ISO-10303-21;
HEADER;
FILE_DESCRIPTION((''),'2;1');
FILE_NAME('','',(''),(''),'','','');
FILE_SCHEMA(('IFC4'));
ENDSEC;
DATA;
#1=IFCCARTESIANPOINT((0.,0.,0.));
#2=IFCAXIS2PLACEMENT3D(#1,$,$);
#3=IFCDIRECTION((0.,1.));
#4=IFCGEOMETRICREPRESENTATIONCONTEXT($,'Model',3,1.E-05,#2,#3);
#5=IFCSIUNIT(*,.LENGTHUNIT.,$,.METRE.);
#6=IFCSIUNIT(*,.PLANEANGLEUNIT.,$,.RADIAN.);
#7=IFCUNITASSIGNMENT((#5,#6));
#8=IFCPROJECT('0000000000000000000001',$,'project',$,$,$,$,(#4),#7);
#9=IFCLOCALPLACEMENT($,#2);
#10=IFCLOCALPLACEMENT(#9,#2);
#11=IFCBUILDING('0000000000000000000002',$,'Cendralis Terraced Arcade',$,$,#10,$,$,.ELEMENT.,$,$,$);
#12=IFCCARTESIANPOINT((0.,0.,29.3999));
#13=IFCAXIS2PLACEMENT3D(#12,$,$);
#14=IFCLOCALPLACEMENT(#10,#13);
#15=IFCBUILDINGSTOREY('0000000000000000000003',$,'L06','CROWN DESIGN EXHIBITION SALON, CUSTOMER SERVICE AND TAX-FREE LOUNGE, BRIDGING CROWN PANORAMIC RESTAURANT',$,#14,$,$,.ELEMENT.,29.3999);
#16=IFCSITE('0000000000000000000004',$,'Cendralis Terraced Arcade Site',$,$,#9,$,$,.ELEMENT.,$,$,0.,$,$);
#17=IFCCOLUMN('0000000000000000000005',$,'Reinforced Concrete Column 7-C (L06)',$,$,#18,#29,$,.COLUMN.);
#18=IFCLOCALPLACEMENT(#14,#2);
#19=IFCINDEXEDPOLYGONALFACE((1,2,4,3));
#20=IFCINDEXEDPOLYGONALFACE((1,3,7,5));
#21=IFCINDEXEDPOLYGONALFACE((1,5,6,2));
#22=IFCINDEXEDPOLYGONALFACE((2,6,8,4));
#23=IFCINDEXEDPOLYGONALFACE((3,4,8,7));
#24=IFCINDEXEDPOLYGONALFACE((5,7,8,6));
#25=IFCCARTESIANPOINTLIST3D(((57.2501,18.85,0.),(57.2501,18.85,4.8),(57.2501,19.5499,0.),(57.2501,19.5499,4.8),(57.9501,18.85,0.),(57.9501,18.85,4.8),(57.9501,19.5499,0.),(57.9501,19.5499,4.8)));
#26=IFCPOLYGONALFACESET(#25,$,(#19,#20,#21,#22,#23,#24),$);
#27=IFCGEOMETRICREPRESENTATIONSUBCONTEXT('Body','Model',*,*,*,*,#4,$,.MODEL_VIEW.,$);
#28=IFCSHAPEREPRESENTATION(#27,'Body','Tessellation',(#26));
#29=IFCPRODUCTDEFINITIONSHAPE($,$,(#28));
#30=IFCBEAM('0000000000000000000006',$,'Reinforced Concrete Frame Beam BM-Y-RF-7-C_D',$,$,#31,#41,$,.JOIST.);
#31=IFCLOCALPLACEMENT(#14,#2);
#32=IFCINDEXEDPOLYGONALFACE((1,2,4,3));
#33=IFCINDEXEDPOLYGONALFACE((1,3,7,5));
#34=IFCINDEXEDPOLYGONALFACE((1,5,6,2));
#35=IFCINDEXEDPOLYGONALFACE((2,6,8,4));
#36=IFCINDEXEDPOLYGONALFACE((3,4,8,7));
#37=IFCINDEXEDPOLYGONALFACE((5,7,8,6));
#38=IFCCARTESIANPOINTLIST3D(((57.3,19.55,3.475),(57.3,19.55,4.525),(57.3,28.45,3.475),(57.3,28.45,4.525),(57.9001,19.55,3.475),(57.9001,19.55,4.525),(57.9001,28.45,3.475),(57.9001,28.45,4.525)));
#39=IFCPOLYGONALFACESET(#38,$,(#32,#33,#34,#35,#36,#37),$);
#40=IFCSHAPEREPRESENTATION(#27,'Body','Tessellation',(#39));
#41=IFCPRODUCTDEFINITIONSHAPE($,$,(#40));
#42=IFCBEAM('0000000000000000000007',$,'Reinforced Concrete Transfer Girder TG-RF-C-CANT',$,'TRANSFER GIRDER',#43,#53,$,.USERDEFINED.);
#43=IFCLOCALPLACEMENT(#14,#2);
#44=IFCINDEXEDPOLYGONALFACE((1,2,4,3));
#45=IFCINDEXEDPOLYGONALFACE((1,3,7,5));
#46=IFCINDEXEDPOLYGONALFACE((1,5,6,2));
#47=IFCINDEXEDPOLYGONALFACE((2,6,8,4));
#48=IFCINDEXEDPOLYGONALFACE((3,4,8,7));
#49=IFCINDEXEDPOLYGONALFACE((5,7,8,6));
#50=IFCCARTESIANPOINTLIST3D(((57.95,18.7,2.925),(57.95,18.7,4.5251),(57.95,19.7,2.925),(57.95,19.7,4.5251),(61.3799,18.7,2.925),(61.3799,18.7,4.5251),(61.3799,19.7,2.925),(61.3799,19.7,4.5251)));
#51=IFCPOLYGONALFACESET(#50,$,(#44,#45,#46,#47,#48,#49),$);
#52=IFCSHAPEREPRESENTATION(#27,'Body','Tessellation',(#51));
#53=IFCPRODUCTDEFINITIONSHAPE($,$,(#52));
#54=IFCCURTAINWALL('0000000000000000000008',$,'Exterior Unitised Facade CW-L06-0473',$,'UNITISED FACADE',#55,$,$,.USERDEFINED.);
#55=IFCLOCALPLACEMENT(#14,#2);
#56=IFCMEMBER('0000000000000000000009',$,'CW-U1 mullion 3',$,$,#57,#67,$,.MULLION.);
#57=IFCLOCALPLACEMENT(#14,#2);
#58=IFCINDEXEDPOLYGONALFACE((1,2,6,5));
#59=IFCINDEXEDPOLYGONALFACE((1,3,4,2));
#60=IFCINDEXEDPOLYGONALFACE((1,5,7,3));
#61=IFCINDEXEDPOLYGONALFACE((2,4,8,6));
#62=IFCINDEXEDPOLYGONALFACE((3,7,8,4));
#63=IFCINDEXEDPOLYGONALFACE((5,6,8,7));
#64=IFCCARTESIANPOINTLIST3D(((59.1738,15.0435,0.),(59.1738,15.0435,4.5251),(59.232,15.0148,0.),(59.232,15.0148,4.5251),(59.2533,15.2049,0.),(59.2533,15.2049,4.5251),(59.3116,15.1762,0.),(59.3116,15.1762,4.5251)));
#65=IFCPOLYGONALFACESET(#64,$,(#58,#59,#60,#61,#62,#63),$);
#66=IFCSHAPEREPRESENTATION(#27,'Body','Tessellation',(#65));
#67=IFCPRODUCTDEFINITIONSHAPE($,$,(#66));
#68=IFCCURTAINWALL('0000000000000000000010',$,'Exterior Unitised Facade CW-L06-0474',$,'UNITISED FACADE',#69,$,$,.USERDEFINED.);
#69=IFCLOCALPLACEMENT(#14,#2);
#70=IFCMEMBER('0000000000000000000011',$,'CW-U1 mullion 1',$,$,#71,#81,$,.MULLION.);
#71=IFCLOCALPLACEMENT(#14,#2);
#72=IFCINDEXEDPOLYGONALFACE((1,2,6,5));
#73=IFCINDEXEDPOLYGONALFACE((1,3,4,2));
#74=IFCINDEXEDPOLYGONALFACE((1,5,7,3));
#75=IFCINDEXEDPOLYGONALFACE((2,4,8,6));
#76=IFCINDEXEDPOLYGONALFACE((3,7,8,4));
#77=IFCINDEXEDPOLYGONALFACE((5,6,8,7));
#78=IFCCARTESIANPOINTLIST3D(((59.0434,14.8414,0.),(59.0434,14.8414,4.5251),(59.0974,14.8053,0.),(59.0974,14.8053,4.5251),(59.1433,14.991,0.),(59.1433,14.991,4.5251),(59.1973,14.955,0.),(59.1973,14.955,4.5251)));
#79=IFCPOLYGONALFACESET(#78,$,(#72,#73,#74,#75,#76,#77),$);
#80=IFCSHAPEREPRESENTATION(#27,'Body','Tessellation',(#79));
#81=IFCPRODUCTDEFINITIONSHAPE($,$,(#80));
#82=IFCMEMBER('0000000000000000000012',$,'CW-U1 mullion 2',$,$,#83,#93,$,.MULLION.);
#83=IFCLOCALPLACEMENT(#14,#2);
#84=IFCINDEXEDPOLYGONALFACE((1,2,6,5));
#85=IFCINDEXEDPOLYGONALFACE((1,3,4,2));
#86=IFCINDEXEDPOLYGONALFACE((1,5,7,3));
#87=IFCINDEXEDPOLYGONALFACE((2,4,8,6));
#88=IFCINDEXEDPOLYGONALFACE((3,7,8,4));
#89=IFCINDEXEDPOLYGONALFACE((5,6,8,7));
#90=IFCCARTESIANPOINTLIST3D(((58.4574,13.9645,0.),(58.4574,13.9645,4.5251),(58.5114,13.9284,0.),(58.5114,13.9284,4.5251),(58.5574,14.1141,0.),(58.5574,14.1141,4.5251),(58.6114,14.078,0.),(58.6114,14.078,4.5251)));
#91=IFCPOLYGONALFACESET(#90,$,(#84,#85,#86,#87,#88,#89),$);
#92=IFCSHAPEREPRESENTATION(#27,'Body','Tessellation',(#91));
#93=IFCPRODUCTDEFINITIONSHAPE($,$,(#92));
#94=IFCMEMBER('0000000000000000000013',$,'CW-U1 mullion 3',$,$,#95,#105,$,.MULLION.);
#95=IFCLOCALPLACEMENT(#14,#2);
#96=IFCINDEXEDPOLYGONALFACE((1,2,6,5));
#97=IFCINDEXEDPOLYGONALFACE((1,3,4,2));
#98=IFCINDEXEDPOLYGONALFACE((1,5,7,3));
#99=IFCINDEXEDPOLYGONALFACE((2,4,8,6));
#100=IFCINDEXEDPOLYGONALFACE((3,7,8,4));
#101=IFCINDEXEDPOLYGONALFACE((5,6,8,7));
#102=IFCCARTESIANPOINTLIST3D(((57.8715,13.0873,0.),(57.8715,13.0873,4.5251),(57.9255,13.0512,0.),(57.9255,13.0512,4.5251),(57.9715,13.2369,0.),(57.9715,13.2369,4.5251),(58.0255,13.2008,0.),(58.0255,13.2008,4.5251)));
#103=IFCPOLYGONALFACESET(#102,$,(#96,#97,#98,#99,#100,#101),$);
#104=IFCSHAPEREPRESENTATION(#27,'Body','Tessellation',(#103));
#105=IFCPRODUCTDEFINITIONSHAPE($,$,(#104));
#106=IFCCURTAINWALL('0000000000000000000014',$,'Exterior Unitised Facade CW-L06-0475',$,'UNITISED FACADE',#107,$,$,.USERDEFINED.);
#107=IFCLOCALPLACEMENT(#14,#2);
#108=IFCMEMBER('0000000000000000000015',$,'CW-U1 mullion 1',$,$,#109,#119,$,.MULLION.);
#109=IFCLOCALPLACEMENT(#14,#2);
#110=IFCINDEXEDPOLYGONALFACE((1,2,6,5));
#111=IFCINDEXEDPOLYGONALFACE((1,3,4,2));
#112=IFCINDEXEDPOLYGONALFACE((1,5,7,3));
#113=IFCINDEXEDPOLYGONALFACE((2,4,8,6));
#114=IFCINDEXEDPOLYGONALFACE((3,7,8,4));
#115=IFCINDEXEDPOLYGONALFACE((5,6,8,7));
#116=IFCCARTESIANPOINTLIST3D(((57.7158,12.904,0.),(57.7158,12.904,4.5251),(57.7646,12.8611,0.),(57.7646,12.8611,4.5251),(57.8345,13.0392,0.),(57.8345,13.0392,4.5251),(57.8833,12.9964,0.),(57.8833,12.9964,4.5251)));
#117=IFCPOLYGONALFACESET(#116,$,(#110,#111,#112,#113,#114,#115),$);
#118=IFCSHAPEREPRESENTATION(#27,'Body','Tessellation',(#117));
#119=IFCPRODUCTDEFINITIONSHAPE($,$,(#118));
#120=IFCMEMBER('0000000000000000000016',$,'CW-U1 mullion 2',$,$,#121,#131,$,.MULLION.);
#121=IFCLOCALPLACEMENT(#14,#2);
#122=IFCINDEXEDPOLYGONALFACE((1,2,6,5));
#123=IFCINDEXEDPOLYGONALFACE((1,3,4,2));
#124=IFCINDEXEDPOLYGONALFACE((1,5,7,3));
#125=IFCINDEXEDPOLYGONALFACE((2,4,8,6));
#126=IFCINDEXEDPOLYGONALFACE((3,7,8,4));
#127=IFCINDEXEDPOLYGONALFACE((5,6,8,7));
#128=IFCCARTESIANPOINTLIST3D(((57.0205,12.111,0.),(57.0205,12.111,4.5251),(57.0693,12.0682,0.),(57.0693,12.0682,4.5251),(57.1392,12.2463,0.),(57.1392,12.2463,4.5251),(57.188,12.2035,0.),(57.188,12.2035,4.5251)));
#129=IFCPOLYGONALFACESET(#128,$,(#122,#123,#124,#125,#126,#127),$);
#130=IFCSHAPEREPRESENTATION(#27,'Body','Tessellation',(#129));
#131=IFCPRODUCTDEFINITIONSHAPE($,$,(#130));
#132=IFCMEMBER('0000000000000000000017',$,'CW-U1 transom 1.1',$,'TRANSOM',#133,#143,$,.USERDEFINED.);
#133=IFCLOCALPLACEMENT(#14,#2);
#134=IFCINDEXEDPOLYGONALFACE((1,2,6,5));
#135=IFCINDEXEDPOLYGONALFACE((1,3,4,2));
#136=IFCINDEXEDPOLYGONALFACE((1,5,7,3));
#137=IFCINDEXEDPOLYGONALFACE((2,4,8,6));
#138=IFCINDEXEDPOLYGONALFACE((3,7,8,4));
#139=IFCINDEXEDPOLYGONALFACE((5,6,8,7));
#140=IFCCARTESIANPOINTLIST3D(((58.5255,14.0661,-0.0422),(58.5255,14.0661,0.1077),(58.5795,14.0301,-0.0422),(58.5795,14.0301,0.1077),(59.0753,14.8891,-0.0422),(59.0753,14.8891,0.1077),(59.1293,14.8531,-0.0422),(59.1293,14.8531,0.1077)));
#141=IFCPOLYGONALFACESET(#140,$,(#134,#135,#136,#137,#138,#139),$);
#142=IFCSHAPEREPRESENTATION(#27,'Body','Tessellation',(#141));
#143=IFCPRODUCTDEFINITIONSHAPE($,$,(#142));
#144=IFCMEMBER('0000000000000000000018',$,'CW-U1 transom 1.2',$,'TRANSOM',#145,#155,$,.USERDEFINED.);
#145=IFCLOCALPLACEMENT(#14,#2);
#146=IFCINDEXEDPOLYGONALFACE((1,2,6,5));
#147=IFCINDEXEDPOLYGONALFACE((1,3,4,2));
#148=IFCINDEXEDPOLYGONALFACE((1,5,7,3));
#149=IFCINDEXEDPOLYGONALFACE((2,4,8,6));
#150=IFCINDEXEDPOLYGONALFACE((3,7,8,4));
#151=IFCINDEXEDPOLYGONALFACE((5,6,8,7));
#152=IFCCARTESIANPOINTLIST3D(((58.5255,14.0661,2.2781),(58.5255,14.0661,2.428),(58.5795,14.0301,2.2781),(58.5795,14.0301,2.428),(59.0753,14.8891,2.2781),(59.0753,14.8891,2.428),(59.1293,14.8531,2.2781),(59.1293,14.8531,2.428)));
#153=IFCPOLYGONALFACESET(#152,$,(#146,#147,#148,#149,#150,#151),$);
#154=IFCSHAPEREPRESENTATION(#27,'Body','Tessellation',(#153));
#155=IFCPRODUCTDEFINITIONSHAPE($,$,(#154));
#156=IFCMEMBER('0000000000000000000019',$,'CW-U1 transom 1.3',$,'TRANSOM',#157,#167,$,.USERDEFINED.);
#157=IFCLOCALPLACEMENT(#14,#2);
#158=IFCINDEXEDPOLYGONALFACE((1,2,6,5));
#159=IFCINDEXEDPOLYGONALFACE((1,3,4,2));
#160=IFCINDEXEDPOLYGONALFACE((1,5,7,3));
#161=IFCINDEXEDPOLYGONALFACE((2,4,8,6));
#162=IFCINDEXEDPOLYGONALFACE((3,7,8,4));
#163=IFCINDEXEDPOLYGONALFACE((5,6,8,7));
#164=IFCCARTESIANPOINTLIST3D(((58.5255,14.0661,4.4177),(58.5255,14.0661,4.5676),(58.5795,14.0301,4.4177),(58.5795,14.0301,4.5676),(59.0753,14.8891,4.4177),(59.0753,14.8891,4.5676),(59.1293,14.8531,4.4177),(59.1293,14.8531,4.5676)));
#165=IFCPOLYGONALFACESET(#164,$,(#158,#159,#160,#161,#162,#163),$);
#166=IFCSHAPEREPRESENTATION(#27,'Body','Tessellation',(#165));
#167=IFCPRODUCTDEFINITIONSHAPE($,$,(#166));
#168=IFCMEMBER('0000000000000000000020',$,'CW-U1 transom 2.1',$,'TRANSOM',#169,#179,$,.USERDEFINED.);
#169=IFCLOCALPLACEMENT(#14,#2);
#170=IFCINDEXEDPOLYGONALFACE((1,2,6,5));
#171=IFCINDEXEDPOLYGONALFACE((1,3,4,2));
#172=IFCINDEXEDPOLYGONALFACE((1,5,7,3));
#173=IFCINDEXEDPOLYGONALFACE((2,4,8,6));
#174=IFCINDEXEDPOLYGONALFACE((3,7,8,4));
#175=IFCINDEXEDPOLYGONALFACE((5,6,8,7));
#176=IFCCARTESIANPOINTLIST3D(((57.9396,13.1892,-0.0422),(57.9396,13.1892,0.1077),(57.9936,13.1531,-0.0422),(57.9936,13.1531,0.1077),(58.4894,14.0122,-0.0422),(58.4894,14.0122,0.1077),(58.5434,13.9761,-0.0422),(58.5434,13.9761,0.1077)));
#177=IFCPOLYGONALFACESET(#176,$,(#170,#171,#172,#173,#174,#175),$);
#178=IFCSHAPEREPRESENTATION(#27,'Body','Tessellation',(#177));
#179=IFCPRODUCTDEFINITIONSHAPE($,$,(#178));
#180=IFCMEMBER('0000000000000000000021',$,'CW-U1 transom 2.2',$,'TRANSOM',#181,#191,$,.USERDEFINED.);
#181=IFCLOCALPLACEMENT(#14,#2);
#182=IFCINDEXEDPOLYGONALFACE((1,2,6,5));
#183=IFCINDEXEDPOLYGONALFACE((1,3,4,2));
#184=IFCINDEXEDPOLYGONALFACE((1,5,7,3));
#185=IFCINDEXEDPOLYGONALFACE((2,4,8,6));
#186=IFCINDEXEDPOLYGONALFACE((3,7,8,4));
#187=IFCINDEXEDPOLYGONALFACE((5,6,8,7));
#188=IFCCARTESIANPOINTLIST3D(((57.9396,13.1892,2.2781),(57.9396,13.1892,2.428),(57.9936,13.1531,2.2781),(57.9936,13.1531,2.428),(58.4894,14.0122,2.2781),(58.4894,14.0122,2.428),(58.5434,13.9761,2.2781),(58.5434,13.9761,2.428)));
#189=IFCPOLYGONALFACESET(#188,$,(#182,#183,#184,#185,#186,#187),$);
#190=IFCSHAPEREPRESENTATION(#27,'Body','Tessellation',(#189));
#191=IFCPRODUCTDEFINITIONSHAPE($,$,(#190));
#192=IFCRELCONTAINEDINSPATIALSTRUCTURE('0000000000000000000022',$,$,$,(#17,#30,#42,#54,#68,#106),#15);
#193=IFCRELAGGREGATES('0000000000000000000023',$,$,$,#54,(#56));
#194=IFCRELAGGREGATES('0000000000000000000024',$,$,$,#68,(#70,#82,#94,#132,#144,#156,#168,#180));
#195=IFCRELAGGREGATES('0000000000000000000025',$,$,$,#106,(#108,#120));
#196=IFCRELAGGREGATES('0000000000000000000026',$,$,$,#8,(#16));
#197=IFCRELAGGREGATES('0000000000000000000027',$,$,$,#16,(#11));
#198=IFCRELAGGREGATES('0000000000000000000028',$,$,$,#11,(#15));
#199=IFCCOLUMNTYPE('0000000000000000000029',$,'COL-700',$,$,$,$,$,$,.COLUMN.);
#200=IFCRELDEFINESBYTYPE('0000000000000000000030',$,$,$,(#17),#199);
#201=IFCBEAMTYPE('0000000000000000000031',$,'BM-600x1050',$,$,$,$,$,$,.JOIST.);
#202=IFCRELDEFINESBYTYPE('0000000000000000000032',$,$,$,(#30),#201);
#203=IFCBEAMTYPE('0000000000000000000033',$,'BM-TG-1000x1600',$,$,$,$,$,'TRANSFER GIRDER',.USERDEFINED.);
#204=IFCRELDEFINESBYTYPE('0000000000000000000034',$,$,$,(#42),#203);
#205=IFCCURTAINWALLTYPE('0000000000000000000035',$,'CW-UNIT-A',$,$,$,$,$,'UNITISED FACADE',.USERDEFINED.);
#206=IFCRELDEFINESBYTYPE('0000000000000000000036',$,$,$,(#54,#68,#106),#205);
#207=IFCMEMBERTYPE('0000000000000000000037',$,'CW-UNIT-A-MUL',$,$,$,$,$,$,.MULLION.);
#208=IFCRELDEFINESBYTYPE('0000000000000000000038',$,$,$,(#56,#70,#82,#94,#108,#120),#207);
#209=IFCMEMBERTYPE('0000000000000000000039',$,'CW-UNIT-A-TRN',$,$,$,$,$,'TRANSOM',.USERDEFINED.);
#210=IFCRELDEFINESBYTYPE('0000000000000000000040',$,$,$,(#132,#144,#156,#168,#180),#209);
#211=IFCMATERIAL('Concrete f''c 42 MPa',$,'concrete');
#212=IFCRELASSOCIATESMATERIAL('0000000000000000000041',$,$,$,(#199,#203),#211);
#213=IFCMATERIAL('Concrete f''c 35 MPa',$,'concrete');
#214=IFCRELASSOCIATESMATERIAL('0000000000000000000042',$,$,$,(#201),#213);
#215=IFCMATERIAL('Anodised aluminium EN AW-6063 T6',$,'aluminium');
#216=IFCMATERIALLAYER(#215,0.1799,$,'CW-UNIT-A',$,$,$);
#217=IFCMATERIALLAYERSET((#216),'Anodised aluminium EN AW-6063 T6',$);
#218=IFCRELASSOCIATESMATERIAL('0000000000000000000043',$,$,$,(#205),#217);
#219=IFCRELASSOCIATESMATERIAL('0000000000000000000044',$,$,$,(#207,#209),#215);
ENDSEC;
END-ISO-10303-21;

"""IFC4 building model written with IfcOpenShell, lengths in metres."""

from ifc_helpers import new_model, si_unit, direction, frame, origin, origin_2d, place, context, subcontext, project, spatial, rectangle, extrude, material, layer, layer_set, material_profile, profile_set, type_object, element, aggregate, save


model = new_model("IFC4")

# Units and contexts
model_context = context("Model", 3, precision=1e-05, world=origin(), true_north=direction((0.0, 1.0)))
body_context = subcontext(model_context, "Body", "Model", "MODEL_VIEW")
ifc_project = project(units=[si_unit("LENGTHUNIT", "METRE"), si_unit("PLANEANGLEUNIT", "RADIAN")], contexts=[model_context])

# Site, building, storey
site_placement = place(None, origin())
site = spatial("IfcSite", under=ifc_project, at=site_placement, Name="Cendralis Terraced Arcade Site", CompositionType="ELEMENT", RefElevation=0.0)
building_placement = place(site_placement, origin())
building = spatial("IfcBuilding", under=site, at=building_placement, Name="Cendralis Terraced Arcade", CompositionType="ELEMENT")
storey_placement = place(building_placement, frame((0.0, 0.0, 29.3999)))
storey = spatial("IfcBuildingStorey", under=building, at=storey_placement, Name="L06", Description="CROWN DESIGN EXHIBITION SALON, CUSTOMER SERVICE AND TAX-FREE LOUNGE, BRIDGING CROWN PANORAMIC RESTAURANT", CompositionType="ELEMENT", Elevation=29.3999)

# Column
ifc_material_1 = material(Name="Concrete f'c 42 MPa", Category="concrete")
ifc_material_profile_1 = material_profile(ifc_material_1, rectangle(XDim=0.7, YDim=0.7, at=origin_2d()), Name="RC-COL-700x700", Category="LoadBearing")
ifc_profile_set_1 = profile_set([ifc_material_profile_1], Name="Concrete f'c 42 MPa")
column_type = type_object("IfcColumnType", Name="COL-700", PredefinedType="COLUMN", material=ifc_profile_set_1)
column_placement = place(storey_placement, frame((57.6001, 19.2, 0.0), z_axis=(0.0, 0.0, 1.0), x_axis=(1.0, 0.0, 0.0)))
element("IfcColumn", 1, at=column_placement, inside=storey, type_object=column_type, Name="Reinforced Concrete Column 7-C (L06)", PredefinedType="COLUMN", context=body_context, shape_type="SweptSolid", body=[
    extrude(rectangle(XDim=0.7, YDim=0.7, at=origin_2d()), origin(), (0.0, 0.0, 1.0), 4.8),
])

# Beams
ifc_material_2 = material(Name="Concrete f'c 35 MPa", Category="concrete")
ifc_material_profile_2 = material_profile(ifc_material_2, rectangle(XDim=0.6001, YDim=1.05, at=origin_2d()), Name="RC-BM-600x1050", Category="LoadBearing")
ifc_profile_set_2 = profile_set([ifc_material_profile_2], Name="Concrete f'c 35 MPa")
beam_type_1 = type_object("IfcBeamType", Name="BM-600x1050", PredefinedType="JOIST", material=ifc_profile_set_2)
beam_1_placement = place(storey_placement, frame((57.6001, 19.55, 4.0), z_axis=(0.0, 1.0, 0.0), x_axis=(-1.0, 0.0, 0.0)))
element("IfcBeam", 2, at=beam_1_placement, inside=storey, type_object=beam_type_1, Name="Reinforced Concrete Frame Beam BM-Y-RF-7-C_D", PredefinedType="JOIST", context=body_context, shape_type="SweptSolid", body=[
    extrude(rectangle(XDim=0.6001, YDim=1.05, at=origin_2d()), origin(), (0.0, 0.0, 1.0), 8.8999),
])
ifc_material_profile_3 = material_profile(ifc_material_1, rectangle(XDim=1.0, YDim=1.6001, at=origin_2d()), Name="RC-TG-1000x1600", Category="LoadBearing")
ifc_profile_set_3 = profile_set([ifc_material_profile_3], Name="Concrete f'c 42 MPa")
beam_type_2 = type_object("IfcBeamType", Name="BM-TG-1000x1600", ElementType="TRANSFER GIRDER", PredefinedType="USERDEFINED", material=ifc_profile_set_3)
beam_2_placement = place(storey_placement, frame((57.95, 19.2, 3.7251), z_axis=(1.0, 0.0, 0.0), x_axis=(0.0, 1.0, 0.0)))
element("IfcBeam", 3, at=beam_2_placement, inside=storey, type_object=beam_type_2, Name="Reinforced Concrete Transfer Girder TG-RF-C-CANT", ObjectType="TRANSFER GIRDER", PredefinedType="USERDEFINED", context=body_context, shape_type="SweptSolid", body=[
    extrude(rectangle(XDim=1.0, YDim=1.6001, at=origin_2d()), origin(), (0.0, 0.0, 1.0), 3.4299),
])

# Curtain wall, member
ifc_material_3 = material(Name="Anodised aluminium EN AW-6063 T6", Category="aluminium")
ifc_layer_1 = layer(ifc_material_3, 0.1799, Name="CW-UNIT-A")
ifc_layer_set_1 = layer_set([ifc_layer_1], Name="Anodised aluminium EN AW-6063 T6")
curtain_wall_type = type_object("IfcCurtainWallType", Name="CW-UNIT-A", ElementType="UNITISED FACADE", PredefinedType="USERDEFINED", material=ifc_layer_set_1)
curtain_wall_1_placement = place(storey_placement, origin())
curtain_wall_1 = element("IfcCurtainWall", 4, at=curtain_wall_1_placement, inside=storey, type_object=curtain_wall_type, Name="Exterior Unitised Facade CW-L06-0473", ObjectType="UNITISED FACADE", PredefinedType="USERDEFINED")
ifc_material_profile_4 = material_profile(ifc_material_3, rectangle(XDim=0.0649, YDim=0.1799, at=origin_2d()), Name="ALU-MUL-65x180")
ifc_profile_set_4 = profile_set([ifc_material_profile_4], Name="Anodised aluminium EN AW-6063 T6")
member_type_1 = type_object("IfcMemberType", Name="CW-UNIT-A-MUL", PredefinedType="MULLION", material=ifc_profile_set_4)
member_1_placement = place(storey_placement, frame((59.2427, 15.1099, 0.0), z_axis=(0.0, 0.0, 1.0), x_axis=(0.896888, -0.442259, 0.0)))
member_1 = element("IfcMember", 5, at=member_1_placement, type_object=member_type_1, Name="CW-U1 mullion 3", PredefinedType="MULLION", context=body_context, shape_type="SweptSolid", body=[
    extrude(rectangle(XDim=0.0649, YDim=0.1799, at=origin_2d()), origin(), (0.0, 0.0, 1.0), 4.5251),
])

# Curtain walls, members
curtain_wall_2_placement = place(storey_placement, origin())
curtain_wall_2 = element("IfcCurtainWall", 6, at=curtain_wall_2_placement, inside=storey, type_object=curtain_wall_type, Name="Exterior Unitised Facade CW-L06-0474", ObjectType="UNITISED FACADE", PredefinedType="USERDEFINED")
member_2_placement = place(storey_placement, frame((59.1204, 14.8982, 0.0), z_axis=(0.0, 0.0, 1.0), x_axis=(0.831477, -0.555559, 0.0)))
member_2 = element("IfcMember", 7, at=member_2_placement, type_object=member_type_1, Name="CW-U1 mullion 1", PredefinedType="MULLION", context=body_context, shape_type="SweptSolid", body=[
    extrude(rectangle(XDim=0.0649, YDim=0.1799, at=origin_2d()), origin(), (0.0, 0.0, 1.0), 4.5251),
])
member_3_placement = place(storey_placement, frame((58.5344, 14.0212, 0.0), z_axis=(0.0, 0.0, 1.0), x_axis=(0.831477, -0.555559, 0.0)))
member_3 = element("IfcMember", 8, at=member_3_placement, type_object=member_type_1, Name="CW-U1 mullion 2", PredefinedType="MULLION", context=body_context, shape_type="SweptSolid", body=[
    extrude(rectangle(XDim=0.0649, YDim=0.1799, at=origin_2d()), origin(), (0.0, 0.0, 1.0), 4.5251),
])
member_4_placement = place(storey_placement, frame((57.9485, 13.144, 0.0), z_axis=(0.0, 0.0, 1.0), x_axis=(0.831477, -0.555559, 0.0)))
member_4 = element("IfcMember", 9, at=member_4_placement, type_object=member_type_1, Name="CW-U1 mullion 3", PredefinedType="MULLION", context=body_context, shape_type="SweptSolid", body=[
    extrude(rectangle(XDim=0.0649, YDim=0.1799, at=origin_2d()), origin(), (0.0, 0.0, 1.0), 4.5251),
])
curtain_wall_3_placement = place(storey_placement, origin())
curtain_wall_3 = element("IfcCurtainWall", 10, at=curtain_wall_3_placement, inside=storey, type_object=curtain_wall_type, Name="Exterior Unitised Facade CW-L06-0475", ObjectType="UNITISED FACADE", PredefinedType="USERDEFINED")
member_5_placement = place(storey_placement, frame((57.7996, 12.9502, 0.0), z_axis=(0.0, 0.0, 1.0), x_axis=(0.75179, -0.659403, 0.0)))
member_5 = element("IfcMember", 11, at=member_5_placement, type_object=member_type_1, Name="CW-U1 mullion 1", PredefinedType="MULLION", context=body_context, shape_type="SweptSolid", body=[
    extrude(rectangle(XDim=0.0649, YDim=0.1799, at=origin_2d()), origin(), (0.0, 0.0, 1.0), 4.5251),
])
member_6_placement = place(storey_placement, frame((57.1042, 12.1572, 0.0), z_axis=(0.0, 0.0, 1.0), x_axis=(0.75179, -0.659403, 0.0)))
member_6 = element("IfcMember", 12, at=member_6_placement, type_object=member_type_1, Name="CW-U1 mullion 2", PredefinedType="MULLION", context=body_context, shape_type="SweptSolid", body=[
    extrude(rectangle(XDim=0.0649, YDim=0.1799, at=origin_2d()), origin(), (0.0, 0.0, 1.0), 4.5251),
])

# Members
ifc_material_profile_5 = material_profile(ifc_material_3, rectangle(XDim=0.0649, YDim=0.1499, at=origin_2d()), Name="ALU-TRN-65x150")
ifc_profile_set_5 = profile_set([ifc_material_profile_5], Name="Anodised aluminium EN AW-6063 T6")
member_type_2 = type_object("IfcMemberType", Name="CW-UNIT-A-TRN", ElementType="TRANSOM", PredefinedType="USERDEFINED", material=ifc_profile_set_5)
member_7_placement = place(storey_placement, frame((59.1023, 14.8711, 0.0327), z_axis=(-0.555497, -0.831519, 0.0), x_axis=(0.831519, -0.555497, 0.0)))
member_7 = element("IfcMember", 13, at=member_7_placement, type_object=member_type_2, Name="CW-U1 transom 1.1", ObjectType="TRANSOM", PredefinedType="USERDEFINED", context=body_context, shape_type="SweptSolid", body=[
    extrude(rectangle(XDim=0.0649, YDim=0.1499, at=origin_2d()), origin(), (0.0, 0.0, 1.0), 0.9897),
])
member_8_placement = place(storey_placement, frame((59.1023, 14.8711, 2.353), z_axis=(-0.555497, -0.831519, 0.0), x_axis=(0.831519, -0.555497, 0.0)))
member_8 = element("IfcMember", 14, at=member_8_placement, type_object=member_type_2, Name="CW-U1 transom 1.2", ObjectType="TRANSOM", PredefinedType="USERDEFINED", context=body_context, shape_type="SweptSolid", body=[
    extrude(rectangle(XDim=0.0649, YDim=0.1499, at=origin_2d()), origin(), (0.0, 0.0, 1.0), 0.9897),
])
member_9_placement = place(storey_placement, frame((59.1023, 14.8711, 4.4927), z_axis=(-0.555497, -0.831519, 0.0), x_axis=(0.831519, -0.555497, 0.0)))
member_9 = element("IfcMember", 15, at=member_9_placement, type_object=member_type_2, Name="CW-U1 transom 1.3", ObjectType="TRANSOM", PredefinedType="USERDEFINED", context=body_context, shape_type="SweptSolid", body=[
    extrude(rectangle(XDim=0.0649, YDim=0.1499, at=origin_2d()), origin(), (0.0, 0.0, 1.0), 0.9897),
])
member_10_placement = place(storey_placement, frame((58.5164, 13.9941, 0.0327), z_axis=(-0.555497, -0.831519, 0.0), x_axis=(0.831519, -0.555497, 0.0)))
member_10 = element("IfcMember", 16, at=member_10_placement, type_object=member_type_2, Name="CW-U1 transom 2.1", ObjectType="TRANSOM", PredefinedType="USERDEFINED", context=body_context, shape_type="SweptSolid", body=[
    extrude(rectangle(XDim=0.0649, YDim=0.1499, at=origin_2d()), origin(), (0.0, 0.0, 1.0), 0.9897),
])
member_11_placement = place(storey_placement, frame((58.5164, 13.9941, 2.353), z_axis=(-0.555497, -0.831519, 0.0), x_axis=(0.831519, -0.555497, 0.0)))
member_11 = element("IfcMember", 17, at=member_11_placement, type_object=member_type_2, Name="CW-U1 transom 2.2", ObjectType="TRANSOM", PredefinedType="USERDEFINED", context=body_context, shape_type="SweptSolid", body=[
    extrude(rectangle(XDim=0.0649, YDim=0.1499, at=origin_2d()), origin(), (0.0, 0.0, 1.0), 0.9897),
])

aggregate(curtain_wall_1, [member_1])
aggregate(curtain_wall_2, [member_2, member_3, member_4, member_7, member_8, member_9, member_10, member_11])
aggregate(curtain_wall_3, [member_5, member_6])

save(model, "model.ifc")
